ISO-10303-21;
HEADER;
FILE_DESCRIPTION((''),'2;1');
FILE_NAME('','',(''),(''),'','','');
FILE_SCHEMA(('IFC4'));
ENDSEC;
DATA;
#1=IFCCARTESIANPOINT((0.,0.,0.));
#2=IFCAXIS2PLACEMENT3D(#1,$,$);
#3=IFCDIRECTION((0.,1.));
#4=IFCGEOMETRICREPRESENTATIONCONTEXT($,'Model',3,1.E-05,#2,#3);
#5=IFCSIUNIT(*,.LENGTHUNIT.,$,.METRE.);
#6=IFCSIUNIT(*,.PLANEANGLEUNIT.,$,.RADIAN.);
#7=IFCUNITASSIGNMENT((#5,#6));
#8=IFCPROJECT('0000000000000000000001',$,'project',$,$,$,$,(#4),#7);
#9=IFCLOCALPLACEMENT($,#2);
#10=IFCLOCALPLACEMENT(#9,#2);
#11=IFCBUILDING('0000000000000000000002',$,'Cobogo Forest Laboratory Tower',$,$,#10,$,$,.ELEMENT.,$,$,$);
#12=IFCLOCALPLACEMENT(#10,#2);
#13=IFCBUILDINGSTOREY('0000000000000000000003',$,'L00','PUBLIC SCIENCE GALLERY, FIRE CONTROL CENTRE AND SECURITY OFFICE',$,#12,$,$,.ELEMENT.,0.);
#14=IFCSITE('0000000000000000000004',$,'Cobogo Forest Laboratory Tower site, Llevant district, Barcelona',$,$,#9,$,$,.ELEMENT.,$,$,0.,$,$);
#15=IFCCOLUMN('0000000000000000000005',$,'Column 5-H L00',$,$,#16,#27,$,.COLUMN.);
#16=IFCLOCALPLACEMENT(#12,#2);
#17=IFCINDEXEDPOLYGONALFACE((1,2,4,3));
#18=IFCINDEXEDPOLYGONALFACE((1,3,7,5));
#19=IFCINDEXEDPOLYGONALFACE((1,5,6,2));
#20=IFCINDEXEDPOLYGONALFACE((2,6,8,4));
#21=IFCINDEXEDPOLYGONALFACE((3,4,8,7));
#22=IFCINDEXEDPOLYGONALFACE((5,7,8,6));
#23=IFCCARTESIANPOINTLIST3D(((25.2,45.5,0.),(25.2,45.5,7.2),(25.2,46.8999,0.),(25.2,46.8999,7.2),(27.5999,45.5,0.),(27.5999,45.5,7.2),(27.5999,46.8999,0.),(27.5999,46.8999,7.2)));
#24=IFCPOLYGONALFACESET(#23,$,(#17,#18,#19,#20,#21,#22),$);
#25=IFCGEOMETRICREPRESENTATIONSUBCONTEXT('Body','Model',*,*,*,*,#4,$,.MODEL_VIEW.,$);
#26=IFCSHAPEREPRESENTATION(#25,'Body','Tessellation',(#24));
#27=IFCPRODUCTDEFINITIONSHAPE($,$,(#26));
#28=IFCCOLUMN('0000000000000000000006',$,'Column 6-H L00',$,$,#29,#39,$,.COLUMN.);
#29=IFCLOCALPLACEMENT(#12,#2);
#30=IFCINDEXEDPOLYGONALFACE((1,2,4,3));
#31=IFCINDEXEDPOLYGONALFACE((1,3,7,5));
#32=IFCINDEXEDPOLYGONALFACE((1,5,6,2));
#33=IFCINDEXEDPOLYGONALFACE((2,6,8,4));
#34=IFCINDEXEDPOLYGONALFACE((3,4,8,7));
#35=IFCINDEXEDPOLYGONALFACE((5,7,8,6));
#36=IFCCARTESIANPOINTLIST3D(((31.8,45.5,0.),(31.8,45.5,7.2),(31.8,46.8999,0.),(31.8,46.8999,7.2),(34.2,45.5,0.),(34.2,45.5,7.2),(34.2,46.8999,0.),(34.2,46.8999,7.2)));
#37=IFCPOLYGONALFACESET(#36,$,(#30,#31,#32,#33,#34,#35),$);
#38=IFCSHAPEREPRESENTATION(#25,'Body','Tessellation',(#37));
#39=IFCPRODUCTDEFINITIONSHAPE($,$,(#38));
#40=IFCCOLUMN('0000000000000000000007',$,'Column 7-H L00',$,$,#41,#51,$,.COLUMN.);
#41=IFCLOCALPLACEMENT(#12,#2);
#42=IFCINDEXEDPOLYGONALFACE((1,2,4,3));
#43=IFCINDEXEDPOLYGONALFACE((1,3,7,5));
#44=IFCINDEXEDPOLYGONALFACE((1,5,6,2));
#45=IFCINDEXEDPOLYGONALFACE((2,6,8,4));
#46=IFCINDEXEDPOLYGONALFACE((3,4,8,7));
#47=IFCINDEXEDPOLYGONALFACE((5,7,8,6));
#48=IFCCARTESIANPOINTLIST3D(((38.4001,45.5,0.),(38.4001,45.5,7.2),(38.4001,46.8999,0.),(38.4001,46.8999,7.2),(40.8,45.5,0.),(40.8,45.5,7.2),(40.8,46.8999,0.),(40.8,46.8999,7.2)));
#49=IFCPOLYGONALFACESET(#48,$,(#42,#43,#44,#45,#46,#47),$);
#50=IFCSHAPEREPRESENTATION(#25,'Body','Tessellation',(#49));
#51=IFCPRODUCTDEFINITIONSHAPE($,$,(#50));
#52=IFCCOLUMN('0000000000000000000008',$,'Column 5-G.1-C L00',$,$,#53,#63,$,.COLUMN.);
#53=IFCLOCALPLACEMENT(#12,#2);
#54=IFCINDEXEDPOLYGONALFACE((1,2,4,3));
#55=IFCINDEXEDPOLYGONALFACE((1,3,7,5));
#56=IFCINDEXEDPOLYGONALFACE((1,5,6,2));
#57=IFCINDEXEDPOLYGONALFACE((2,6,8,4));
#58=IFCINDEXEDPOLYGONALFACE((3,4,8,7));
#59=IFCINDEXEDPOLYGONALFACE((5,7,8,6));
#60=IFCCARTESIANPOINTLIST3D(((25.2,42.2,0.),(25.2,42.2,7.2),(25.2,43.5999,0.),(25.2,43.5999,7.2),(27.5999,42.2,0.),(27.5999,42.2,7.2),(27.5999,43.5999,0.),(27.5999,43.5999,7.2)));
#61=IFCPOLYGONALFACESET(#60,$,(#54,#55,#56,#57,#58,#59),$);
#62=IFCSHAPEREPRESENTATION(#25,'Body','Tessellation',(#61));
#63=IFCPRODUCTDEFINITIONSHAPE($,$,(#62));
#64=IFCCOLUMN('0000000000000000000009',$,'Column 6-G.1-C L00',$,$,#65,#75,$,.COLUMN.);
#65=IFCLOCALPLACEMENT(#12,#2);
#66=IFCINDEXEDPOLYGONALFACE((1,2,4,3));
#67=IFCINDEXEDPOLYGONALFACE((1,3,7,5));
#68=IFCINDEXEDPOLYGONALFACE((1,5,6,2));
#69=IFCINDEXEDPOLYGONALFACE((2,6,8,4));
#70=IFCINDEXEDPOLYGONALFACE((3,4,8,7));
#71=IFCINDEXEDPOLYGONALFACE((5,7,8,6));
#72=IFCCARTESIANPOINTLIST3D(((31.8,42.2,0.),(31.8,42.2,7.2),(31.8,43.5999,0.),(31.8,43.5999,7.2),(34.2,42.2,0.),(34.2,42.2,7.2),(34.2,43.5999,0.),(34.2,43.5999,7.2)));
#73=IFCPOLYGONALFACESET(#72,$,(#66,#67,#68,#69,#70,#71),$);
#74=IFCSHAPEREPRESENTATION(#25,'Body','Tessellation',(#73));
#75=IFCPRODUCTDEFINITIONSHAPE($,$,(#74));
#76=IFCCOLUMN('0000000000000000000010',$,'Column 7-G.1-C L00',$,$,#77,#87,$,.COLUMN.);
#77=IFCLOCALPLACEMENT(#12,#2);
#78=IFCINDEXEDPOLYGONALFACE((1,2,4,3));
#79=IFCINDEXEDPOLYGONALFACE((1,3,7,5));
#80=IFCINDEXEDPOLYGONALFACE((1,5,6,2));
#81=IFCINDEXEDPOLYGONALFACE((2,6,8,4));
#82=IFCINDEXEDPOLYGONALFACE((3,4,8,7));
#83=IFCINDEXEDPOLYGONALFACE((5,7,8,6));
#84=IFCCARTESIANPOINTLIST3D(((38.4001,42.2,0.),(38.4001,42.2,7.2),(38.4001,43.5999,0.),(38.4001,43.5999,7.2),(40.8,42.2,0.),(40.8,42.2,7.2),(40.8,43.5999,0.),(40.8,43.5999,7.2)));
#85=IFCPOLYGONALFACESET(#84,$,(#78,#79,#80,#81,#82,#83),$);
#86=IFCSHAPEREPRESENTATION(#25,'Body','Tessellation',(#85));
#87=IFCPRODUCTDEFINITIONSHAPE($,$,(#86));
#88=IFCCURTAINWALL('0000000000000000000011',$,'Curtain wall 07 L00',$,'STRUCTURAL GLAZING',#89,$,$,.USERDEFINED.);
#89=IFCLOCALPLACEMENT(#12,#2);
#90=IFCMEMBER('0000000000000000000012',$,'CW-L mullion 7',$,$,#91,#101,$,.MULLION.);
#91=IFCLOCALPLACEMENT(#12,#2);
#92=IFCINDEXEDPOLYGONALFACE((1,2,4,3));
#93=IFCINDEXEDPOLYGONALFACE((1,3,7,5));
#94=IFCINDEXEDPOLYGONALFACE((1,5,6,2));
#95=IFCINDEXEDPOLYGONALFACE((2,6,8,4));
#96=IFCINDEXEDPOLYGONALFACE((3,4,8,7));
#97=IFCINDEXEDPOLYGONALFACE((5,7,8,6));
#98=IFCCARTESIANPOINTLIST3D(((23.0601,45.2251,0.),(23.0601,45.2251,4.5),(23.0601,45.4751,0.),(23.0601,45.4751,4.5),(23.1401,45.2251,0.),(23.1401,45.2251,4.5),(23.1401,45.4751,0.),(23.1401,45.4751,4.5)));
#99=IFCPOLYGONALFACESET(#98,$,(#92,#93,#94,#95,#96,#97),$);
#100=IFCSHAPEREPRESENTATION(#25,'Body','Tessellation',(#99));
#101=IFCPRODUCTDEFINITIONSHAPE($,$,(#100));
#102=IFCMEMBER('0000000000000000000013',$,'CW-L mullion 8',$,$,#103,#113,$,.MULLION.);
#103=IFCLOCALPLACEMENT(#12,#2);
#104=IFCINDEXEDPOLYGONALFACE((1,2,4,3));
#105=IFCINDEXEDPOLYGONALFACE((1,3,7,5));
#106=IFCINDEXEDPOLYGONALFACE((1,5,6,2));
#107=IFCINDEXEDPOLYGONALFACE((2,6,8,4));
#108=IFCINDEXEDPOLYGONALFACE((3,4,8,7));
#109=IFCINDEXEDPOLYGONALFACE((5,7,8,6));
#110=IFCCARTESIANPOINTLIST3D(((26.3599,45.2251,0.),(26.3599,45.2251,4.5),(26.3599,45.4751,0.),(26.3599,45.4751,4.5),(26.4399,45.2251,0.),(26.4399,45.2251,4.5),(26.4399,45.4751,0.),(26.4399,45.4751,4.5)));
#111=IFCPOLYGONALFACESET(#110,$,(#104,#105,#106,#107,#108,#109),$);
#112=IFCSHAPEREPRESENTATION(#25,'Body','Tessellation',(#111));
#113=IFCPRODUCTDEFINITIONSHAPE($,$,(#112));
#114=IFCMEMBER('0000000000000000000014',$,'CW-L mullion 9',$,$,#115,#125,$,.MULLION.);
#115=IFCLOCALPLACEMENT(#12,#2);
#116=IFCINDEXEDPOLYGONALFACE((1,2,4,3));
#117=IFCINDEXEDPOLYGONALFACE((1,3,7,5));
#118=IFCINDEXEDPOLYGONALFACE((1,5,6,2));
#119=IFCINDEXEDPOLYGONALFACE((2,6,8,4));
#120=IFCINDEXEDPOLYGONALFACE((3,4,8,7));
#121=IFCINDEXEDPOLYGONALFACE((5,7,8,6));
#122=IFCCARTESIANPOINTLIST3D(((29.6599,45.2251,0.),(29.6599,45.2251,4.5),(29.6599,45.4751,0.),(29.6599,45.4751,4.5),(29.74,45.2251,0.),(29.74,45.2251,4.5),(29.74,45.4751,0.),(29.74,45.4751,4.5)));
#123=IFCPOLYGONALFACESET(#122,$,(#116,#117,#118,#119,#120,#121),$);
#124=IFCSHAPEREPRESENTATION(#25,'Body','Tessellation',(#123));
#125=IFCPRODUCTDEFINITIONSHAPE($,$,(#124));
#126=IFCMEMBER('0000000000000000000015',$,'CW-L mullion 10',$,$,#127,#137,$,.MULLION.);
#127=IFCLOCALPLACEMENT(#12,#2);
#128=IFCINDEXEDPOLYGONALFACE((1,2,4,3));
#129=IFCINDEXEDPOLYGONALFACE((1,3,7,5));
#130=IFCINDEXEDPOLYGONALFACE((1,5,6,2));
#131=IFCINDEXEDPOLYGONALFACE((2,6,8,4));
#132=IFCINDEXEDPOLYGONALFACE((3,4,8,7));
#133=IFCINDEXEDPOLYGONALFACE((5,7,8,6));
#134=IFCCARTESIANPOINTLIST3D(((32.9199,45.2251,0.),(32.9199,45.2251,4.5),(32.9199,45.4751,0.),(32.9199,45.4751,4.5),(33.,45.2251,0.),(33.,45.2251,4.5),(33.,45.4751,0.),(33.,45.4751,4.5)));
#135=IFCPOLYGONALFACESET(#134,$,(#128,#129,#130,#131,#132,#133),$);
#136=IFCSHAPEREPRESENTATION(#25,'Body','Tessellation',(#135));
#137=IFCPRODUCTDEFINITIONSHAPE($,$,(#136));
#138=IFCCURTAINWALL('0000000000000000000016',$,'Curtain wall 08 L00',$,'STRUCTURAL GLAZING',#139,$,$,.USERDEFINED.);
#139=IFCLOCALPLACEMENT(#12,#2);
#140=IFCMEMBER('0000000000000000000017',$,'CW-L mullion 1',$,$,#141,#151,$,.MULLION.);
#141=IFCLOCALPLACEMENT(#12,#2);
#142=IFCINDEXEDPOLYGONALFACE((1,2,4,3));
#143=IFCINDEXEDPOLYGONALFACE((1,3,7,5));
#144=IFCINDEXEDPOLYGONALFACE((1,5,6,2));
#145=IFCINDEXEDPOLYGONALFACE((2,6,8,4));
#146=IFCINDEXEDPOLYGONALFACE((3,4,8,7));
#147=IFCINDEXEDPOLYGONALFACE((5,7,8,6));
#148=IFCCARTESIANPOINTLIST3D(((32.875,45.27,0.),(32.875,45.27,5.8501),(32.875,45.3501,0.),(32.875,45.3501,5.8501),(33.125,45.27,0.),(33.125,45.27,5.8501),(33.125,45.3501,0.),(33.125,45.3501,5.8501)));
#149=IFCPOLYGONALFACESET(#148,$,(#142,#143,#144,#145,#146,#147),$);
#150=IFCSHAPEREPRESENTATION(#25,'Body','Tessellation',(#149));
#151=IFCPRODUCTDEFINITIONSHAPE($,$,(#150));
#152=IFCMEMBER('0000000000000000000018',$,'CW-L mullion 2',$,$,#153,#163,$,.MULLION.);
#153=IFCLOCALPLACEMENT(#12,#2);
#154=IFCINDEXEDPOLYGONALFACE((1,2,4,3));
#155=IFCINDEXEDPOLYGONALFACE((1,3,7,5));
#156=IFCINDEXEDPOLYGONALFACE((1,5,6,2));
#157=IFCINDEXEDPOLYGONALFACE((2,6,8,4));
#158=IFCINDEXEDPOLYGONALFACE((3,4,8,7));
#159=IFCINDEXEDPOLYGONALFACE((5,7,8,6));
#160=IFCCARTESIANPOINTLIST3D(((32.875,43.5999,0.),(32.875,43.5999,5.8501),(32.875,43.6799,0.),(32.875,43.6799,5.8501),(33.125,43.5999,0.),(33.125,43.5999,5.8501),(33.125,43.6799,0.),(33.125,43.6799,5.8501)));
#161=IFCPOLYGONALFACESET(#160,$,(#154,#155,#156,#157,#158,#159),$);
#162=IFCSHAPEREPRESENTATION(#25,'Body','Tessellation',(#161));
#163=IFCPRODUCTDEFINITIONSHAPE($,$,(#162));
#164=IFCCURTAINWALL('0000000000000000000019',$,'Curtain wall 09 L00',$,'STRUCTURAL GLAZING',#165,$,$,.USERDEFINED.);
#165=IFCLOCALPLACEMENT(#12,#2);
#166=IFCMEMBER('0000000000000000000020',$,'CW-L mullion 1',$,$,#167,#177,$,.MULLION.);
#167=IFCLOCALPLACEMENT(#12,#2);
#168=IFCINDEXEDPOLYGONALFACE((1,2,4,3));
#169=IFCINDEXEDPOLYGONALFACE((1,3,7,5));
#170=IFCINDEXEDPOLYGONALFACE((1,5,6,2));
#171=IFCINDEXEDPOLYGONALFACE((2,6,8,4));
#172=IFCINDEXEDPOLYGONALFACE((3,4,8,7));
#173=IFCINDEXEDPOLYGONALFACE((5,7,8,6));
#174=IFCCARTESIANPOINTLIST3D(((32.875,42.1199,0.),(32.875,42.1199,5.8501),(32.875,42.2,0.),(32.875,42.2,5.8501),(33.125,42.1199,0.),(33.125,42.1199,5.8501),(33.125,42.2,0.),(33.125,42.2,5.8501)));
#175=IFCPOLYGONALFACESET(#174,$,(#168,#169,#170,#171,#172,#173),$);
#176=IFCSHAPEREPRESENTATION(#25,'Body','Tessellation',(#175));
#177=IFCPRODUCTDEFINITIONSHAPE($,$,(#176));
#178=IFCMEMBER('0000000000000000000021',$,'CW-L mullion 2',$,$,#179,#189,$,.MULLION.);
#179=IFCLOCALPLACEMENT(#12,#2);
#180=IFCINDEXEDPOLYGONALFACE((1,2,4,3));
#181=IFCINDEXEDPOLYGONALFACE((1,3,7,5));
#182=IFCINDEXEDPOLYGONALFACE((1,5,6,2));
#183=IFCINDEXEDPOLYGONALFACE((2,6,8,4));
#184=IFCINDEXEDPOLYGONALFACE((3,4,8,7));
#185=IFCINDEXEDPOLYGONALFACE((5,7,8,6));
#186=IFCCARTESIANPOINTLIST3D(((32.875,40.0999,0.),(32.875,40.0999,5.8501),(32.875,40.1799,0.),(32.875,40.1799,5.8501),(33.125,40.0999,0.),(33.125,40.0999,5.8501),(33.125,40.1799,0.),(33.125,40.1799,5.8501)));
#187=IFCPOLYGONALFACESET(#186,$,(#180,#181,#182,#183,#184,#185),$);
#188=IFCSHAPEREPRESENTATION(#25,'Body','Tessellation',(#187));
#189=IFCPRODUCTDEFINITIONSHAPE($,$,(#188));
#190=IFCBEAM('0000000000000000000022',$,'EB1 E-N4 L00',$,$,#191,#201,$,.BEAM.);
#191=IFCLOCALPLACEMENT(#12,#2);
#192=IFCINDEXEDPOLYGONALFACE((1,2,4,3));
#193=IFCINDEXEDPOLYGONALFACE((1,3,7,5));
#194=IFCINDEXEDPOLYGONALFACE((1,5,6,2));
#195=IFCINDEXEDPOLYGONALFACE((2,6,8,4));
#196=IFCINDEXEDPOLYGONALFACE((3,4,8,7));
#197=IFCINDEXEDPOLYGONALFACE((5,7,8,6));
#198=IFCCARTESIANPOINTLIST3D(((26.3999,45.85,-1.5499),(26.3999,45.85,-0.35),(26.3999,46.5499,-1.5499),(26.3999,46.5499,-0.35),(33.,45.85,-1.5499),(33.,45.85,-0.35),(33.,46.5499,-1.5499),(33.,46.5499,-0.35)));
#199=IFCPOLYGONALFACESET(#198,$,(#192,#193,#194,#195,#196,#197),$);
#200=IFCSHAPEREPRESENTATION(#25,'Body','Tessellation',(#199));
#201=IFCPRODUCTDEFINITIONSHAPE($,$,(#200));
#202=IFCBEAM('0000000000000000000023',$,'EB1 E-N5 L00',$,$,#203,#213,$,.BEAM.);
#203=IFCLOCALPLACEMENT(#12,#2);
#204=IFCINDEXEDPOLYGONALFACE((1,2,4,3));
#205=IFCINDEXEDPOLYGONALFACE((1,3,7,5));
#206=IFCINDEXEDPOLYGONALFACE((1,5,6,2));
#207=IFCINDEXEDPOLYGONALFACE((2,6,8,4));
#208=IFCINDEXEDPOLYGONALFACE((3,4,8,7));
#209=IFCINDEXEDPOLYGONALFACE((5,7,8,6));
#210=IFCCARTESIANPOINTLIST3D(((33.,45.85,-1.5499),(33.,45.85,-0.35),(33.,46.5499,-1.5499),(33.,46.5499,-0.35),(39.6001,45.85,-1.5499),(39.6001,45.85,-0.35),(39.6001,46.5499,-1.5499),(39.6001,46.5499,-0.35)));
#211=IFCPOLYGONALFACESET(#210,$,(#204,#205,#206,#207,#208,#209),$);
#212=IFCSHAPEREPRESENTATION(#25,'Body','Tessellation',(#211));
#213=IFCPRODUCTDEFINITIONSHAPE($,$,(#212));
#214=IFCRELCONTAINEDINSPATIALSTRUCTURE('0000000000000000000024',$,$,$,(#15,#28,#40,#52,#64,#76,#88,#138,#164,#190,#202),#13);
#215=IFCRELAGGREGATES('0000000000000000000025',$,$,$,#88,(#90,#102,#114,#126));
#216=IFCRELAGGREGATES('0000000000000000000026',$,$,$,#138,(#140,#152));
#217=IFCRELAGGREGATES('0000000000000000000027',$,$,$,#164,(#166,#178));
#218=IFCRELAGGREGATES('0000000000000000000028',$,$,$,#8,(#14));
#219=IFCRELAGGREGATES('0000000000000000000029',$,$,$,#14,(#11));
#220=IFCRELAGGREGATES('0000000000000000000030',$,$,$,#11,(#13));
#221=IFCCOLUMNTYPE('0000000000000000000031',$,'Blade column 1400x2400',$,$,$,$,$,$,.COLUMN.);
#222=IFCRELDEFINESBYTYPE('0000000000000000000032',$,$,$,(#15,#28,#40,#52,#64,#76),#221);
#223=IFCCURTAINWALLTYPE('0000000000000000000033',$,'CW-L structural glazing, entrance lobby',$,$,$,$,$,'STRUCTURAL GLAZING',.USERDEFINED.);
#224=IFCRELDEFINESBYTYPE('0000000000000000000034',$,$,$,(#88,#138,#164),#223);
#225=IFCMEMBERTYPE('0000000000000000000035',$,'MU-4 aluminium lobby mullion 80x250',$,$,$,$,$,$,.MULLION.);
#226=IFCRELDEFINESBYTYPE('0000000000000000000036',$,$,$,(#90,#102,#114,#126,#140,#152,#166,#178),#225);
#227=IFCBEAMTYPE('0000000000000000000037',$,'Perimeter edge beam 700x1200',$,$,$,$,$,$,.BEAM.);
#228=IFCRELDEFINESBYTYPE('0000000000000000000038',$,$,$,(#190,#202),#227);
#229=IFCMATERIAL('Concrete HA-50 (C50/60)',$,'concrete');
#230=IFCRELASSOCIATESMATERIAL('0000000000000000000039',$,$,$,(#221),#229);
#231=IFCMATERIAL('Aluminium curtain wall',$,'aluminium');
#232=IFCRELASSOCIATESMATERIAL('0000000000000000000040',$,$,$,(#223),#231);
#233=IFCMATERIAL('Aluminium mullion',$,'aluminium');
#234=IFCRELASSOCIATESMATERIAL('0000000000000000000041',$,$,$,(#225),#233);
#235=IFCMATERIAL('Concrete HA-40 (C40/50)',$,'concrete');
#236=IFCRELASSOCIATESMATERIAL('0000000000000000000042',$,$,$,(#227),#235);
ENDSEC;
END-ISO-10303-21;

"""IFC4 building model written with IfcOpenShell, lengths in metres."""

from ifc_helpers import new_model, si_unit, direction, frame, origin, origin_2d, place, context, subcontext, project, spatial, rectangle, extrude, material, material_profile, profile_set, type_object, element, aggregate, save


model = new_model("IFC4")

# Units and contexts
model_context = context("Model", 3, precision=1e-05, world=origin(), true_north=direction((0.0, 1.0)))
body_context = subcontext(model_context, "Body", "Model", "MODEL_VIEW")
ifc_project = project(units=[si_unit("LENGTHUNIT", "METRE"), si_unit("PLANEANGLEUNIT", "RADIAN")], contexts=[model_context])

# Site, building, storey
site_placement = place(None, origin())
site = spatial("IfcSite", under=ifc_project, at=site_placement, Name="Cobogo Forest Laboratory Tower site, Llevant district, Barcelona", CompositionType="ELEMENT", RefElevation=0.0)
building_placement = place(site_placement, origin())
building = spatial("IfcBuilding", under=site, at=building_placement, Name="Cobogo Forest Laboratory Tower", CompositionType="ELEMENT")
storey_placement = place(building_placement, origin())
storey = spatial("IfcBuildingStorey", under=building, at=storey_placement, Name="L00", Description="PUBLIC SCIENCE GALLERY, FIRE CONTROL CENTRE AND SECURITY OFFICE", CompositionType="ELEMENT", Elevation=0.0)

# Columns
ifc_material_1 = material(Name="Concrete HA-50 (C50/60)", Category="concrete")
ifc_material_profile_1 = material_profile(ifc_material_1, rectangle(XDim=2.3999, YDim=1.3999, at=origin_2d()), Name="RC 1400x2400")
ifc_profile_set_1 = profile_set([ifc_material_profile_1], Name="Concrete HA-50 (C50/60)")
column_type = type_object("IfcColumnType", Name="Blade column 1400x2400", PredefinedType="COLUMN", material=ifc_profile_set_1)
for number, where, z_axis, x_axis, name in (
    (1, (26.3999, 46.2, 0.0), (0.0, 0.0, 1.0), (1.0, 0.0, 0.0), "Column 5-H L00"),
    (2, (33.0, 46.2, 0.0), (0.0, 0.0, 1.0), (1.0, 0.0, 0.0), "Column 6-H L00"),
    (3, (39.6001, 46.2, 0.0), (0.0, 0.0, 1.0), (1.0, 0.0, 0.0), "Column 7-H L00"),
    (4, (26.3999, 42.8999, 0.0), (0.0, 0.0, 1.0), (1.0, 0.0, 0.0), "Column 5-G.1-C L00"),
    (5, (33.0, 42.8999, 0.0), (0.0, 0.0, 1.0), (1.0, 0.0, 0.0), "Column 6-G.1-C L00"),
    (6, (39.6001, 42.8999, 0.0), (0.0, 0.0, 1.0), (1.0, 0.0, 0.0), "Column 7-G.1-C L00"),
):
    element("IfcColumn", number, at=place(storey_placement, frame(where, z_axis=z_axis, x_axis=x_axis)), inside=storey, type_object=column_type, Name=name, PredefinedType="COLUMN", context=body_context, shape_type="SweptSolid", body=[
        extrude(rectangle(XDim=2.3999, YDim=1.3999, at=origin_2d()), origin(), (0.0, 0.0, 1.0), 7.2),
    ])

# Curtain walls, members
ifc_material_2 = material(Name="Aluminium curtain wall", Category="aluminium")
curtain_wall_type = type_object("IfcCurtainWallType", Name="CW-L structural glazing, entrance lobby", ElementType="STRUCTURAL GLAZING", PredefinedType="USERDEFINED", material=ifc_material_2)
curtain_wall_1_placement = place(storey_placement, origin())
curtain_wall_1 = element("IfcCurtainWall", 7, at=curtain_wall_1_placement, inside=storey, type_object=curtain_wall_type, Name="Curtain wall 07 L00", ObjectType="STRUCTURAL GLAZING", PredefinedType="USERDEFINED")
ifc_material_3 = material(Name="Aluminium mullion", Category="aluminium")
ifc_material_profile_2 = material_profile(ifc_material_3, rectangle(XDim=0.0801, YDim=0.25, at=origin_2d()), Name="AL 80x250")
ifc_profile_set_2 = profile_set([ifc_material_profile_2], Name="Aluminium mullion")
member_type_1 = type_object("IfcMemberType", Name="MU-4 aluminium lobby mullion 80x250", PredefinedType="MULLION", material=ifc_profile_set_2)
member_1_placement = place(storey_placement, frame((23.1001, 45.3501, 0.0), z_axis=(0.0, 0.0, 1.0), x_axis=(1.0, 0.0, 0.0)))
member_1 = element("IfcMember", 8, at=member_1_placement, type_object=member_type_1, Name="CW-L mullion 7", PredefinedType="MULLION", context=body_context, shape_type="SweptSolid", body=[
    extrude(rectangle(XDim=0.0801, YDim=0.25, at=origin_2d()), origin(), (0.0, 0.0, 1.0), 4.5),
])
member_2_placement = place(storey_placement, frame((26.3999, 45.3501, 0.0), z_axis=(0.0, 0.0, 1.0), x_axis=(1.0, 0.0, 0.0)))
member_2 = element("IfcMember", 9, at=member_2_placement, type_object=member_type_1, Name="CW-L mullion 8", PredefinedType="MULLION", context=body_context, shape_type="SweptSolid", body=[
    extrude(rectangle(XDim=0.0801, YDim=0.25, at=origin_2d()), origin(), (0.0, 0.0, 1.0), 4.5),
])
member_3_placement = place(storey_placement, frame((29.7, 45.3501, 0.0), z_axis=(0.0, 0.0, 1.0), x_axis=(1.0, 0.0, 0.0)))
member_3 = element("IfcMember", 10, at=member_3_placement, type_object=member_type_1, Name="CW-L mullion 9", PredefinedType="MULLION", context=body_context, shape_type="SweptSolid", body=[
    extrude(rectangle(XDim=0.0801, YDim=0.25, at=origin_2d()), origin(), (0.0, 0.0, 1.0), 4.5),
])
member_4_placement = place(storey_placement, frame((32.96, 45.3501, 0.0), z_axis=(0.0, 0.0, 1.0), x_axis=(1.0, 0.0, 0.0)))
member_4 = element("IfcMember", 11, at=member_4_placement, type_object=member_type_1, Name="CW-L mullion 10", PredefinedType="MULLION", context=body_context, shape_type="SweptSolid", body=[
    extrude(rectangle(XDim=0.0801, YDim=0.25, at=origin_2d()), origin(), (0.0, 0.0, 1.0), 4.5),
])
curtain_wall_2_placement = place(storey_placement, origin())
curtain_wall_2 = element("IfcCurtainWall", 12, at=curtain_wall_2_placement, inside=storey, type_object=curtain_wall_type, Name="Curtain wall 08 L00", ObjectType="STRUCTURAL GLAZING", PredefinedType="USERDEFINED")
member_5_placement = place(storey_placement, frame((33.0, 45.3101, 0.0), z_axis=(0.0, 0.0, 1.0), x_axis=(0.0, -1.0, 0.0)))
member_5 = element("IfcMember", 13, at=member_5_placement, type_object=member_type_1, Name="CW-L mullion 1", PredefinedType="MULLION", context=body_context, shape_type="SweptSolid", body=[
    extrude(rectangle(XDim=0.0801, YDim=0.25, at=origin_2d()), origin(), (0.0, 0.0, 1.0), 5.8501),
])
member_6_placement = place(storey_placement, frame((33.0, 43.6399, 0.0), z_axis=(0.0, 0.0, 1.0), x_axis=(0.0, -1.0, 0.0)))
member_6 = element("IfcMember", 14, at=member_6_placement, type_object=member_type_1, Name="CW-L mullion 2", PredefinedType="MULLION", context=body_context, shape_type="SweptSolid", body=[
    extrude(rectangle(XDim=0.0801, YDim=0.25, at=origin_2d()), origin(), (0.0, 0.0, 1.0), 5.8501),
])
curtain_wall_3_placement = place(storey_placement, origin())
curtain_wall_3 = element("IfcCurtainWall", 15, at=curtain_wall_3_placement, inside=storey, type_object=curtain_wall_type, Name="Curtain wall 09 L00", ObjectType="STRUCTURAL GLAZING", PredefinedType="USERDEFINED")
member_7_placement = place(storey_placement, frame((33.0, 42.1599, 0.0), z_axis=(0.0, 0.0, 1.0), x_axis=(0.0, -1.0, 0.0)))
member_7 = element("IfcMember", 16, at=member_7_placement, type_object=member_type_1, Name="CW-L mullion 1", PredefinedType="MULLION", context=body_context, shape_type="SweptSolid", body=[
    extrude(rectangle(XDim=0.0801, YDim=0.25, at=origin_2d()), origin(), (0.0, 0.0, 1.0), 5.8501),
])
member_8_placement = place(storey_placement, frame((33.0, 40.1399, 0.0), z_axis=(0.0, 0.0, 1.0), x_axis=(0.0, -1.0, 0.0)))
member_8 = element("IfcMember", 17, at=member_8_placement, type_object=member_type_1, Name="CW-L mullion 2", PredefinedType="MULLION", context=body_context, shape_type="SweptSolid", body=[
    extrude(rectangle(XDim=0.0801, YDim=0.25, at=origin_2d()), origin(), (0.0, 0.0, 1.0), 5.8501),
])

# Beams
ifc_material_4 = material(Name="Concrete HA-40 (C40/50)", Category="concrete")
ifc_material_profile_3 = material_profile(ifc_material_4, rectangle(XDim=0.7, YDim=1.2, at=origin_2d()), Name="RC 700x1200")
ifc_profile_set_3 = profile_set([ifc_material_profile_3], Name="Concrete HA-40 (C40/50)")
beam_type_1 = type_object("IfcBeamType", Name="Perimeter edge beam 700x1200", PredefinedType="BEAM", material=ifc_profile_set_3)
for number, where, z_axis, x_axis, name in (
    (18, (26.3999, 46.2, -0.95), (1.0, 0.0, 0.0), (0.0, 1.0, 0.0), "EB1 E-N4 L00"),
    (19, (33.0, 46.2, -0.95), (1.0, 0.0, 0.0), (0.0, 1.0, 0.0), "EB1 E-N5 L00"),
):
    element("IfcBeam", number, at=place(storey_placement, frame(where, z_axis=z_axis, x_axis=x_axis)), inside=storey, type_object=beam_type_1, Name=name, PredefinedType="BEAM", context=body_context, shape_type="SweptSolid", body=[
        extrude(rectangle(XDim=0.7, YDim=1.2, at=origin_2d()), origin(), (0.0, 0.0, 1.0), 6.6001),
    ])

aggregate(curtain_wall_1, [member_1, member_2, member_3, member_4])
aggregate(curtain_wall_2, [member_5, member_6])
aggregate(curtain_wall_3, [member_7, member_8])

save(model, "model.ifc")
